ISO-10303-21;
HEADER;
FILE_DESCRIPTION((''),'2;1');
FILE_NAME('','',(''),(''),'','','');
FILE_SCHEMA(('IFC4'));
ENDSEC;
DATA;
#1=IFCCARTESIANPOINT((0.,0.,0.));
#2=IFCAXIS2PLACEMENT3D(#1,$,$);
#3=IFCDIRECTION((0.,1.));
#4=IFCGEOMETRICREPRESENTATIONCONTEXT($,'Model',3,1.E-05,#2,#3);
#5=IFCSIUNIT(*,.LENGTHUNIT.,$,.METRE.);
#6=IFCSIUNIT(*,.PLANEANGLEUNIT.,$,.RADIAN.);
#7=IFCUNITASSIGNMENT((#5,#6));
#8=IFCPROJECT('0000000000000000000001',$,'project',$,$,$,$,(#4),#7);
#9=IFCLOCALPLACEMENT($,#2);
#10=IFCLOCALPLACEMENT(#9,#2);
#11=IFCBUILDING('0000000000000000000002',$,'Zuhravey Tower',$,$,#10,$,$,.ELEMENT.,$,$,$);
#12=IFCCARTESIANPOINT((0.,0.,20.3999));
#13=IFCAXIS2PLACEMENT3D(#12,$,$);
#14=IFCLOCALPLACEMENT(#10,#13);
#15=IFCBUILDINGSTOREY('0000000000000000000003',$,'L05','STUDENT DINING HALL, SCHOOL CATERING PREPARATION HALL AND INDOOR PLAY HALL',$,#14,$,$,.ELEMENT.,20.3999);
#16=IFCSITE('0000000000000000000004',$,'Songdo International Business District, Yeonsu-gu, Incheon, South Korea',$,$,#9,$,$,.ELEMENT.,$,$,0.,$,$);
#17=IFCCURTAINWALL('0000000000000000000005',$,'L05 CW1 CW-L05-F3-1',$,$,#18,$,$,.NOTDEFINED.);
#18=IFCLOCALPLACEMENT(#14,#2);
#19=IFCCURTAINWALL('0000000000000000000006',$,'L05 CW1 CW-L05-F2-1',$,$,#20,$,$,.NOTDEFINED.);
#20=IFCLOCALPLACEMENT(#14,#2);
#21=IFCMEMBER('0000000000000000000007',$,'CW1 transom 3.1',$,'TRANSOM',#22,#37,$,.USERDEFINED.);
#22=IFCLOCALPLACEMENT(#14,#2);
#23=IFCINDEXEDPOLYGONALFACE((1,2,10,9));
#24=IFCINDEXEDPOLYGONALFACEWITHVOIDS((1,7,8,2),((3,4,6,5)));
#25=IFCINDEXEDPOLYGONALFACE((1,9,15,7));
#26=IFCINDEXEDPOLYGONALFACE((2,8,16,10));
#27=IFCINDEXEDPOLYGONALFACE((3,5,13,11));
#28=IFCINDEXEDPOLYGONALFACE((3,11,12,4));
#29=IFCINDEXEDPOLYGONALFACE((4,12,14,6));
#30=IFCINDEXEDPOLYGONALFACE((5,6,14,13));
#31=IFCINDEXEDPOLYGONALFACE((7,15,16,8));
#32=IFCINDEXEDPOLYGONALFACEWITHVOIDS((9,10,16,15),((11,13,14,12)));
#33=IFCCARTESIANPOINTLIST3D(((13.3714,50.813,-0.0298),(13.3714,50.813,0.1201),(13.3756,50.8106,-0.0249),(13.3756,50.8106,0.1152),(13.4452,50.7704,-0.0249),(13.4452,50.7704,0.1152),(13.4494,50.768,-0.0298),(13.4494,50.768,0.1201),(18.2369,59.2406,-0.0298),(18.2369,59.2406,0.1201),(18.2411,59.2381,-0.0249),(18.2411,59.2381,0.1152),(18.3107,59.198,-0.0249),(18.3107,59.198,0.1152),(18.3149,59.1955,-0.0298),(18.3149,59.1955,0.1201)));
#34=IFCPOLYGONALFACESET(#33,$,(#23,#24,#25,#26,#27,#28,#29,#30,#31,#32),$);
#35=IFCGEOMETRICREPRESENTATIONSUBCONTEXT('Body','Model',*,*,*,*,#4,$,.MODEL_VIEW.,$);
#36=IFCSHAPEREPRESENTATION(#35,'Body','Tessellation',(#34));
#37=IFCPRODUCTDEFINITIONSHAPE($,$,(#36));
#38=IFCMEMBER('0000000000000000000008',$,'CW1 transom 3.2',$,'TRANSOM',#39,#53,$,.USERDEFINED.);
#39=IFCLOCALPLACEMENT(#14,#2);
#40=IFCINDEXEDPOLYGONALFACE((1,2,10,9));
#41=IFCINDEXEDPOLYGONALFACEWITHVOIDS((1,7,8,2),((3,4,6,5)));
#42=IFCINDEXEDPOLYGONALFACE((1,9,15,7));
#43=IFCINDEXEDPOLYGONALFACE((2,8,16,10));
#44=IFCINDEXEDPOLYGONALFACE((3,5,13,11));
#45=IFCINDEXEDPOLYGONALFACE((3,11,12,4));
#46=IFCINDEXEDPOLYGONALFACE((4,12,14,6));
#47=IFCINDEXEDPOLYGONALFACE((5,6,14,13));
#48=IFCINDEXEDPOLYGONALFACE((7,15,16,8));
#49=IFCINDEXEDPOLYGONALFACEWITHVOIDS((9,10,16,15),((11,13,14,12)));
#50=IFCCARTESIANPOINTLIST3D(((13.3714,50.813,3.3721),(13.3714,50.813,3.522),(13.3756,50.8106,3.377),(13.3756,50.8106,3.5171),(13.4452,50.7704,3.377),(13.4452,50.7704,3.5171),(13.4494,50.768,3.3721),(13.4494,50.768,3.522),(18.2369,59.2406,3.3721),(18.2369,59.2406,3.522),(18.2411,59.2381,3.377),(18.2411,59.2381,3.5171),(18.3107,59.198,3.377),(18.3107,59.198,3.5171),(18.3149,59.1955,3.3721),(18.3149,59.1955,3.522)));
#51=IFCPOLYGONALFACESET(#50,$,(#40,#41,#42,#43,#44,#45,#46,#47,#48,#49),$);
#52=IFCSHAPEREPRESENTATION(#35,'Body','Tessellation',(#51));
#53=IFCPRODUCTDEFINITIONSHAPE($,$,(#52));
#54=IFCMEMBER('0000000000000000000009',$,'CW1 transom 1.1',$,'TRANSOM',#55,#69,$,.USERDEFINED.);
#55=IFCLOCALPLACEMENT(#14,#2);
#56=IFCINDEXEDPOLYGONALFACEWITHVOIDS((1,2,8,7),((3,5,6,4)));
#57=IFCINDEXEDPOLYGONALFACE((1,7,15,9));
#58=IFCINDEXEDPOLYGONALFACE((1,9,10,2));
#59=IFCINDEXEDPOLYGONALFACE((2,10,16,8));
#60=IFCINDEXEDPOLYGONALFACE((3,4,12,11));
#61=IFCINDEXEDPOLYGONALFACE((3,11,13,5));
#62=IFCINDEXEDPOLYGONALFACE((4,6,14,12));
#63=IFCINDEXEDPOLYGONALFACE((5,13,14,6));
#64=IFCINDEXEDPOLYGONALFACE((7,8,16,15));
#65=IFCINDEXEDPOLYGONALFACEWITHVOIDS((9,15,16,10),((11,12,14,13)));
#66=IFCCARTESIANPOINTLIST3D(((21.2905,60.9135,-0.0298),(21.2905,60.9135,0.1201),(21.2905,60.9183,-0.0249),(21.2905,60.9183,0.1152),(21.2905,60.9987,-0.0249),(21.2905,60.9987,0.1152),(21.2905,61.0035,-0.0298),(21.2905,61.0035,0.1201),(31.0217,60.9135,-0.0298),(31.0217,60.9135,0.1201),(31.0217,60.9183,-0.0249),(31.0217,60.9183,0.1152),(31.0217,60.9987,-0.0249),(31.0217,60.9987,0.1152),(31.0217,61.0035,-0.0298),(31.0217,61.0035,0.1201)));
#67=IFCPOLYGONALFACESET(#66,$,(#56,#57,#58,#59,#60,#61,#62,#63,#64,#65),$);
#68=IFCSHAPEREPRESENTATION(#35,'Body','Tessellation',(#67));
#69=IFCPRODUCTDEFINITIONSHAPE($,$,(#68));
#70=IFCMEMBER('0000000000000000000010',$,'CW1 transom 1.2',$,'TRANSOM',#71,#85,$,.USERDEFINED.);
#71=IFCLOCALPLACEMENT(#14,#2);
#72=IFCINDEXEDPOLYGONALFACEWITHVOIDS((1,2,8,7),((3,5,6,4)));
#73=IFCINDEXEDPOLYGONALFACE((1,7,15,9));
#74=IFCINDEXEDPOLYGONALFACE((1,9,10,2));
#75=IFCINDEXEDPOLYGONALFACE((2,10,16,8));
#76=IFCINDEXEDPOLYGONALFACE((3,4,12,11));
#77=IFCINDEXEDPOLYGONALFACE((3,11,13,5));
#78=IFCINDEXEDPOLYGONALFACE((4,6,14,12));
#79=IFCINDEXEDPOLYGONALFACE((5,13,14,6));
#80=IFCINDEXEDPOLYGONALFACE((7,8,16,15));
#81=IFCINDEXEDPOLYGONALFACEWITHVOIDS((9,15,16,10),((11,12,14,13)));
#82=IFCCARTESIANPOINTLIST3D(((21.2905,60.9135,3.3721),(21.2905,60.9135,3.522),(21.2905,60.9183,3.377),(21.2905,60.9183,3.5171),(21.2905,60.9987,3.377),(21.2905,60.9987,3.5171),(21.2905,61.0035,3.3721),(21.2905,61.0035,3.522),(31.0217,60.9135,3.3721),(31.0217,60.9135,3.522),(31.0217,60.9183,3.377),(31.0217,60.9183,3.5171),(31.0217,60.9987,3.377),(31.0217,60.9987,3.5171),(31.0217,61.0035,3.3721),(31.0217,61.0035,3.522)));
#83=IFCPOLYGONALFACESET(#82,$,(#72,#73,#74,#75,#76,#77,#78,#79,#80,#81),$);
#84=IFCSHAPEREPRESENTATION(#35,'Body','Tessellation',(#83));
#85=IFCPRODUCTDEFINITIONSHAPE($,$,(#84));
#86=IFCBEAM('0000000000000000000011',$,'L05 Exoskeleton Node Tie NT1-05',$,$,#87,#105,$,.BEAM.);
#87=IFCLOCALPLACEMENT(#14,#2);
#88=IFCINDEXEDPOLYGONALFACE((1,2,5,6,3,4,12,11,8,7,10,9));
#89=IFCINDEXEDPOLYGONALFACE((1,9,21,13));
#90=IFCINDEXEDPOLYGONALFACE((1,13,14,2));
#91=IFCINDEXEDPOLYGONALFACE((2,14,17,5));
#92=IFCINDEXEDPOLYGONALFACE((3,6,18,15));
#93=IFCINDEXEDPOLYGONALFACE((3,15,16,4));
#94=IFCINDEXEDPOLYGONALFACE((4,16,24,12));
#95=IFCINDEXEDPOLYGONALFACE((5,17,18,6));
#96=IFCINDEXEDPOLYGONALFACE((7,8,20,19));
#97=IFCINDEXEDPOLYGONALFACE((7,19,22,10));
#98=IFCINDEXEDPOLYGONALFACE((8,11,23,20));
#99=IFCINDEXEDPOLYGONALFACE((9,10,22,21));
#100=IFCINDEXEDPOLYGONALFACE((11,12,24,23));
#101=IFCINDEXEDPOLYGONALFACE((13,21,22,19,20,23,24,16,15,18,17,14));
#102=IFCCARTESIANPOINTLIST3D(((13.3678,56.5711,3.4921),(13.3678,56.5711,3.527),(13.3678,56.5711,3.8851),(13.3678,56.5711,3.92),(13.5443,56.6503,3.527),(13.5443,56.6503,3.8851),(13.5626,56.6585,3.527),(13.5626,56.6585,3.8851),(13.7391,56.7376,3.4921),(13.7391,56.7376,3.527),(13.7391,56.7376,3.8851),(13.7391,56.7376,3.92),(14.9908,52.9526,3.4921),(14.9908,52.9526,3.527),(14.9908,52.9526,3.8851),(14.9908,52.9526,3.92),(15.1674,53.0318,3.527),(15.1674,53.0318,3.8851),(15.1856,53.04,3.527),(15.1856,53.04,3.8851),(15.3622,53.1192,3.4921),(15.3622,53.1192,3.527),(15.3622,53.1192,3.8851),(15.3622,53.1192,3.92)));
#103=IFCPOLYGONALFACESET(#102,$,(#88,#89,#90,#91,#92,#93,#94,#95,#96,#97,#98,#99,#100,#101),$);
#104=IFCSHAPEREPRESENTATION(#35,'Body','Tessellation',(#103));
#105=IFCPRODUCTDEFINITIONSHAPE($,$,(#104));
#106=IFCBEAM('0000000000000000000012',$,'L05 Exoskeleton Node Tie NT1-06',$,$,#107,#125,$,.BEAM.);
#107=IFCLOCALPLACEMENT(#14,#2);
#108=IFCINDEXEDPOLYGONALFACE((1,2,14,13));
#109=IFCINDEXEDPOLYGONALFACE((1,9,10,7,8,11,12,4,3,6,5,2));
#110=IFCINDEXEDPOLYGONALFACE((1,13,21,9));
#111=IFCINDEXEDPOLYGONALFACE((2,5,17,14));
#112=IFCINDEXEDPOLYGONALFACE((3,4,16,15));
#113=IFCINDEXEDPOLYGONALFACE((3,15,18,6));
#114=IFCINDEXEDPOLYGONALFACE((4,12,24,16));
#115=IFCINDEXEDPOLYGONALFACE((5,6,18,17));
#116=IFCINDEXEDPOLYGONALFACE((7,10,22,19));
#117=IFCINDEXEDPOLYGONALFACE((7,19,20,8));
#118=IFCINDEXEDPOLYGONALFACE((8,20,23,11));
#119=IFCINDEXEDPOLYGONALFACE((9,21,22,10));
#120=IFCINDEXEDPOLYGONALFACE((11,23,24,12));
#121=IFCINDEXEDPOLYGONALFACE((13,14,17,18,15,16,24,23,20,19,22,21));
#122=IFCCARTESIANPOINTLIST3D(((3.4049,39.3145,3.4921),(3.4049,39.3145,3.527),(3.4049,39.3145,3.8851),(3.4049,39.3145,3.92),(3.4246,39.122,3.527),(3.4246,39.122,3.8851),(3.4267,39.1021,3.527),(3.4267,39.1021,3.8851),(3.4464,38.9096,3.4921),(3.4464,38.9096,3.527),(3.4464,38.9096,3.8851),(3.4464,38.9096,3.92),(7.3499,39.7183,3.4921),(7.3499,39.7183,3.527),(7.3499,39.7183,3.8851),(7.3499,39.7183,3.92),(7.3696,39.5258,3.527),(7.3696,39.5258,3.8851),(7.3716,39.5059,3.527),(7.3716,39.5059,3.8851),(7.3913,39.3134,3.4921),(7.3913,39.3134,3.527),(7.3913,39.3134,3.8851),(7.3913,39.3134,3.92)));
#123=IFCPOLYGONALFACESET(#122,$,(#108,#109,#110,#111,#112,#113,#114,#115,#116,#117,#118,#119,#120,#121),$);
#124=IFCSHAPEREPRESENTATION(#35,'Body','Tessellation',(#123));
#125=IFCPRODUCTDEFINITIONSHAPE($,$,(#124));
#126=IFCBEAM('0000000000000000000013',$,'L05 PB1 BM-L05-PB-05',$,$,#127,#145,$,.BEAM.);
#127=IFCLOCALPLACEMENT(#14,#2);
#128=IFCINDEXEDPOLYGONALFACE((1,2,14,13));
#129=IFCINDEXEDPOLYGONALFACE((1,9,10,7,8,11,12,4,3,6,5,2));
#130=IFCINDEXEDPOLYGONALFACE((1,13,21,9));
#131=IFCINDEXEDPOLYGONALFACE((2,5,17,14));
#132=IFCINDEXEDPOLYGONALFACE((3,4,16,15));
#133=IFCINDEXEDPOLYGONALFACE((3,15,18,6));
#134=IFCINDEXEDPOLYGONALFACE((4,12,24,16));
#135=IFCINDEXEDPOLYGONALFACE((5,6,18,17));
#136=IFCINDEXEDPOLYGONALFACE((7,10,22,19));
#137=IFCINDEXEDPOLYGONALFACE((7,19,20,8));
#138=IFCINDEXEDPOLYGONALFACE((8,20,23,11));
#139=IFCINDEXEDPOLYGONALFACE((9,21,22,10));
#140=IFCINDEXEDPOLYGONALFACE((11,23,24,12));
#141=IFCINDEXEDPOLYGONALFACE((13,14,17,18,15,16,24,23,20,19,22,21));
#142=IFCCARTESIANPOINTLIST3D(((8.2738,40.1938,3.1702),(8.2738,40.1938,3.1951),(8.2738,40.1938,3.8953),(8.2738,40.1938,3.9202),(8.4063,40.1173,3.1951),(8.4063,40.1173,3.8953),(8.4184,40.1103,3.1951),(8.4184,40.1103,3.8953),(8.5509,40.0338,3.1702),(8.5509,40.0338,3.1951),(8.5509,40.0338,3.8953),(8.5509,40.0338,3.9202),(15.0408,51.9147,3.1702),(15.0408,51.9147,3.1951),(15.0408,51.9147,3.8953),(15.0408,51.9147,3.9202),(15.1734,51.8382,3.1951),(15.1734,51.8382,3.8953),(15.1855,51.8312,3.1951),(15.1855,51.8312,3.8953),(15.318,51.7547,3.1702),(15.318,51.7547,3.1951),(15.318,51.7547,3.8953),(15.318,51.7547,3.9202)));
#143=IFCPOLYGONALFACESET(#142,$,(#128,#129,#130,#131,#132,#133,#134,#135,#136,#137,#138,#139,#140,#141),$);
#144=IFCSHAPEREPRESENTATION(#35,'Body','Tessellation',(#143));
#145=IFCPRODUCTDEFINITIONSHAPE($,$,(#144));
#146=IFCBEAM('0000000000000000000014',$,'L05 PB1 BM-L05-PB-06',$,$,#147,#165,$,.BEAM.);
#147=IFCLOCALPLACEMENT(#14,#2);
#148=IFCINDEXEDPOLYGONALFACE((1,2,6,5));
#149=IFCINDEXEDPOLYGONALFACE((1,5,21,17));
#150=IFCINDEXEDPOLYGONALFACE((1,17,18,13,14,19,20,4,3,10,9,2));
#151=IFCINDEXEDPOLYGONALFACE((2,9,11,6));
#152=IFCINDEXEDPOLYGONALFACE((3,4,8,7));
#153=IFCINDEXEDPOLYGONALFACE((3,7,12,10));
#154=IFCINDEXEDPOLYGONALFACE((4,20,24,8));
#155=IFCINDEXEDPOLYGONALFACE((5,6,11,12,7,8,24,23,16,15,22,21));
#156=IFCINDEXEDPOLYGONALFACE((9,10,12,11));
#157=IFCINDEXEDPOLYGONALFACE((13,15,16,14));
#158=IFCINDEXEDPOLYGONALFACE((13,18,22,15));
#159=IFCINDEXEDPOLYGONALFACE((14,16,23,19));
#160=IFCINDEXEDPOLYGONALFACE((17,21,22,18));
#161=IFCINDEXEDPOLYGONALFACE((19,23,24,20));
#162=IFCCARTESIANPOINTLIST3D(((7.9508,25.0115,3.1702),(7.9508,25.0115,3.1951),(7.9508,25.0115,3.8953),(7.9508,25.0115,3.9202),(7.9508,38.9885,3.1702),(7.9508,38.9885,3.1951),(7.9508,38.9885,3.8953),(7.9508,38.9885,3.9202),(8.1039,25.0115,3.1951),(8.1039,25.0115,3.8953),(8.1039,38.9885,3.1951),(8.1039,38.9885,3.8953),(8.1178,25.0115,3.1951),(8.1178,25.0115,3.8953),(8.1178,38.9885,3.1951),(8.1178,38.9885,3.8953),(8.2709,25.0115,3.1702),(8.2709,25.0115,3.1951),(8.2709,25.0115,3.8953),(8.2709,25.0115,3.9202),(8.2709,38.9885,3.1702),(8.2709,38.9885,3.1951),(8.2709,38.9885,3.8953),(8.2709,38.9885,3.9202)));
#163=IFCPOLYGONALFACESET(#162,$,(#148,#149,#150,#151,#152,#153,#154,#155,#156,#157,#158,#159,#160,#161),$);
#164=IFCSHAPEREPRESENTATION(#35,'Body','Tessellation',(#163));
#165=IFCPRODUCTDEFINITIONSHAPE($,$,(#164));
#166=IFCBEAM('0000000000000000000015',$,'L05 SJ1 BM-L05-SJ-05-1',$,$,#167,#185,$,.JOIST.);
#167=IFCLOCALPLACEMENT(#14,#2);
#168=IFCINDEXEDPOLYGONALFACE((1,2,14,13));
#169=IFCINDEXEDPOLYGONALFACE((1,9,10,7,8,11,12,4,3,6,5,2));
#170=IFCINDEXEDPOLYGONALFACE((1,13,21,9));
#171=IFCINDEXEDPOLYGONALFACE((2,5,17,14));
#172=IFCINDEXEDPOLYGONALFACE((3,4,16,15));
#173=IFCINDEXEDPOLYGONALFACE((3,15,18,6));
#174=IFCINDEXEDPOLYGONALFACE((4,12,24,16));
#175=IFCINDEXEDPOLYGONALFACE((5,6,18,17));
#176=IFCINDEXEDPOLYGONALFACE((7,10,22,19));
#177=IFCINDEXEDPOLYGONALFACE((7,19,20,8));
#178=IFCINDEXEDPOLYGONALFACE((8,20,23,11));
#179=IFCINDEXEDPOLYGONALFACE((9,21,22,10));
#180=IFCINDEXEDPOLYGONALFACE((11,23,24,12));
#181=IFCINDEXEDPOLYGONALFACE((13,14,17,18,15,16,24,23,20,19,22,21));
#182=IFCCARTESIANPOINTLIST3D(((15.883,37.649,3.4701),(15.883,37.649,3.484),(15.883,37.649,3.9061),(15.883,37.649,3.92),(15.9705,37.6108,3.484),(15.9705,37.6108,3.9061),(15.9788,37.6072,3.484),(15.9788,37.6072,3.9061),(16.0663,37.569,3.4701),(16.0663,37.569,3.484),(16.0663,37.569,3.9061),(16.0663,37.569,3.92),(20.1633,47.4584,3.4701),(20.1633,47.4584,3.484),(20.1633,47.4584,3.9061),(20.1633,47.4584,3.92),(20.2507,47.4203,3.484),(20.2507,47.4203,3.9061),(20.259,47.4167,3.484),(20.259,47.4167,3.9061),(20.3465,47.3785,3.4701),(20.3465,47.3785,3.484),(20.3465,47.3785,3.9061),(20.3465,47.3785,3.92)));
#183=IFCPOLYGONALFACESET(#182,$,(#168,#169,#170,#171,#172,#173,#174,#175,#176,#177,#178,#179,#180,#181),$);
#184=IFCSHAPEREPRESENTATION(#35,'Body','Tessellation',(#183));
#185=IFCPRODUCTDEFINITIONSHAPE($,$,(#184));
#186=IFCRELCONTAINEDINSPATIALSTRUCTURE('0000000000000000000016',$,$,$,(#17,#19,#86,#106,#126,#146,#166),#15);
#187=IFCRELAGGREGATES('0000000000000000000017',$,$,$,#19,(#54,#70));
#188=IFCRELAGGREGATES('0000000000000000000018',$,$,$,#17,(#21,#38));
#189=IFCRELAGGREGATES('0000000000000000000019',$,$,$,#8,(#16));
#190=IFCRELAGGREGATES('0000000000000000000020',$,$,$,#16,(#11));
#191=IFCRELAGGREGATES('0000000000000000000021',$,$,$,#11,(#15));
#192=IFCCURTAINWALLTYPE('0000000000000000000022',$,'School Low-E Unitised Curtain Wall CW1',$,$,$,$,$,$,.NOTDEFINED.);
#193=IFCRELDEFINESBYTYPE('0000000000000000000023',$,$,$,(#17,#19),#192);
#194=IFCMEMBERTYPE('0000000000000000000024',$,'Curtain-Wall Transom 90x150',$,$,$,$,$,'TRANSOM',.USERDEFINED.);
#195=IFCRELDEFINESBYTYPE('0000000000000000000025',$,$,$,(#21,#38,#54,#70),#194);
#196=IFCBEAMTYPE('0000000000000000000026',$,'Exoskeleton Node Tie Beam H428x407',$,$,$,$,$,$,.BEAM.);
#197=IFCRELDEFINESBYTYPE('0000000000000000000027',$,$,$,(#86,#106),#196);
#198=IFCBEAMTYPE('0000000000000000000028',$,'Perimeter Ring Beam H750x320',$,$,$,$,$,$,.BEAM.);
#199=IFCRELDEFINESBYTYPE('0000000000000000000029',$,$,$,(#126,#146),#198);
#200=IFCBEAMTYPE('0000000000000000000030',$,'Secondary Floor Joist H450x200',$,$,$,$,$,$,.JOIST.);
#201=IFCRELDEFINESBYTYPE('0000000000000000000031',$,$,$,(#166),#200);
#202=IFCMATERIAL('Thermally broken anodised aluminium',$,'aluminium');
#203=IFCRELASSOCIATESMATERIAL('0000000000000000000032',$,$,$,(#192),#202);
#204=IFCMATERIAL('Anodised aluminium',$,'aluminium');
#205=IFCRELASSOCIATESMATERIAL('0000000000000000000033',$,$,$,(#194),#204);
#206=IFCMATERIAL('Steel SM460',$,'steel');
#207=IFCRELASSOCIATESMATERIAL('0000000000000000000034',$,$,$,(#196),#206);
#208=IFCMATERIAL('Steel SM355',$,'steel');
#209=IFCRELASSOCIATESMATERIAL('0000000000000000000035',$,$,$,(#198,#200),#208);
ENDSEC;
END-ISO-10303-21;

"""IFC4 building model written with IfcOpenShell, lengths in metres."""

from ifc_helpers import new_model, si_unit, direction, frame, origin, origin_2d, place, context, subcontext, project, spatial, hollow_rectangle, i_section, extrude, material, material_profile, profile_set, type_object, element, aggregate, save


model = new_model("IFC4")

# Units and contexts
model_context = context("Model", 3, precision=1e-05, world=origin(), true_north=direction((0.0, 1.0)))
body_context = subcontext(model_context, "Body", "Model", "MODEL_VIEW")
ifc_project = project(units=[si_unit("LENGTHUNIT", "METRE"), si_unit("PLANEANGLEUNIT", "RADIAN")], contexts=[model_context])

# Site, building, storey
site_placement = place(None, origin())
site = spatial("IfcSite", under=ifc_project, at=site_placement, Name="Songdo International Business District, Yeonsu-gu, Incheon, South Korea", CompositionType="ELEMENT", RefElevation=0.0)
building_placement = place(site_placement, origin())
building = spatial("IfcBuilding", under=site, at=building_placement, Name="Zuhravey Tower", CompositionType="ELEMENT")
storey_placement = place(building_placement, frame((0.0, 0.0, 20.3999)))
storey = spatial("IfcBuildingStorey", under=building, at=storey_placement, Name="L05", Description="STUDENT DINING HALL, SCHOOL CATERING PREPARATION HALL AND INDOOR PLAY HALL", CompositionType="ELEMENT", Elevation=20.3999)

# Curtain wall
ifc_material_1 = material(Name="Thermally broken anodised aluminium", Category="aluminium")
curtain_wall_type = type_object("IfcCurtainWallType", Name="School Low-E Unitised Curtain Wall CW1", PredefinedType="NOTDEFINED", material=ifc_material_1)
curtain_wall_1_placement = place(storey_placement, origin())
curtain_wall_1 = element("IfcCurtainWall", 1, at=curtain_wall_1_placement, inside=storey, type_object=curtain_wall_type, Name="L05 CW1 CW-L05-F3-1", PredefinedType="NOTDEFINED")
ifc_material_2 = material(Name="Anodised aluminium", Category="aluminium")

# Curtain wall
curtain_wall_2_placement = place(storey_placement, origin())
curtain_wall_2 = element("IfcCurtainWall", 2, at=curtain_wall_2_placement, inside=storey, type_object=curtain_wall_type, Name="L05 CW1 CW-L05-F2-1", PredefinedType="NOTDEFINED")

# Members
ifc_material_profile_1 = material_profile(ifc_material_2, hollow_rectangle(XDim=0.0901, YDim=0.1499, WallThickness=0.0049, at=origin_2d()), Name="ALU-RHS-90x150x5")
ifc_profile_set_1 = profile_set([ifc_material_profile_1], Name="Anodised aluminium")
member_type_1 = type_object("IfcMemberType", Name="Curtain-Wall Transom 90x150", ElementType="TRANSOM", PredefinedType="USERDEFINED", material=ifc_profile_set_1)
member_1_placement = place(storey_placement, frame((13.4104, 50.7905, 0.0452), z_axis=(0.49999, 0.866031, 0.0), x_axis=(-0.866031, 0.49999, 0.0)))
member_1 = element("IfcMember", 3, at=member_1_placement, type_object=member_type_1, Name="CW1 transom 3.1", ObjectType="TRANSOM", PredefinedType="USERDEFINED", context=body_context, shape_type="SweptSolid", body=[
    extrude(hollow_rectangle(XDim=0.0901, YDim=0.1499, WallThickness=0.0049, at=origin_2d()), origin(), (0.0, 0.0, 1.0), 9.7312),
])
member_2_placement = place(storey_placement, frame((13.4104, 50.7905, 3.447), z_axis=(0.49999, 0.866031, 0.0), x_axis=(-0.866031, 0.49999, 0.0)))
member_2 = element("IfcMember", 4, at=member_2_placement, type_object=member_type_1, Name="CW1 transom 3.2", ObjectType="TRANSOM", PredefinedType="USERDEFINED", context=body_context, shape_type="SweptSolid", body=[
    extrude(hollow_rectangle(XDim=0.0901, YDim=0.1499, WallThickness=0.0049, at=origin_2d()), origin(), (0.0, 0.0, 1.0), 9.7312),
])
member_3_placement = place(storey_placement, frame((21.2905, 60.9585, 0.0452), z_axis=(1.0, 0.0, 0.0), x_axis=(0.0, 1.0, 0.0)))
member_3 = element("IfcMember", 5, at=member_3_placement, type_object=member_type_1, Name="CW1 transom 1.1", ObjectType="TRANSOM", PredefinedType="USERDEFINED", context=body_context, shape_type="SweptSolid", body=[
    extrude(hollow_rectangle(XDim=0.0901, YDim=0.1499, WallThickness=0.0049, at=origin_2d()), origin(), (0.0, 0.0, 1.0), 9.7312),
])
member_4_placement = place(storey_placement, frame((21.2905, 60.9585, 3.447), z_axis=(1.0, 0.0, 0.0), x_axis=(0.0, 1.0, 0.0)))
member_4 = element("IfcMember", 6, at=member_4_placement, type_object=member_type_1, Name="CW1 transom 1.2", ObjectType="TRANSOM", PredefinedType="USERDEFINED", context=body_context, shape_type="SweptSolid", body=[
    extrude(hollow_rectangle(XDim=0.0901, YDim=0.1499, WallThickness=0.0049, at=origin_2d()), origin(), (0.0, 0.0, 1.0), 9.7312),
])
aggregate(curtain_wall_2, [member_3, member_4])

# Beams
ifc_material_3 = material(Name="Steel SM460", Category="steel")
ifc_material_profile_2 = material_profile(ifc_material_3, i_section(OverallWidth=0.407, OverallDepth=0.428, WebThickness=0.02, FlangeThickness=0.0349, at=origin_2d()), Name="H-428x407x20x35")
ifc_profile_set_2 = profile_set([ifc_material_profile_2], Name="Steel SM460")
beam_type_1 = type_object("IfcBeamType", Name="Exoskeleton Node Tie Beam H428x407", PredefinedType="BEAM", material=ifc_profile_set_2)
beam_1_placement = place(storey_placement, frame((15.1765, 53.0359, 3.7061), z_axis=(-0.409266, 0.912415, 0.0), x_axis=(-0.912415, -0.409266, 0.0)))
element("IfcBeam", 7, at=beam_1_placement, inside=storey, type_object=beam_type_1, Name="L05 Exoskeleton Node Tie NT1-05", PredefinedType="BEAM", context=body_context, shape_type="SweptSolid", body=[
    extrude(i_section(OverallWidth=0.407, OverallDepth=0.428, WebThickness=0.02, FlangeThickness=0.0349, at=origin_2d()), origin(), (0.0, 0.0, 1.0), 3.9658),
])
beam_2_placement = place(storey_placement, frame((7.3706, 39.5159, 3.7061), z_axis=(-0.994802, -0.101826, 0.0), x_axis=(0.101826, -0.994802, 0.0)))
element("IfcBeam", 8, at=beam_2_placement, inside=storey, type_object=beam_type_1, Name="L05 Exoskeleton Node Tie NT1-06", PredefinedType="BEAM", context=body_context, shape_type="SweptSolid", body=[
    extrude(i_section(OverallWidth=0.407, OverallDepth=0.428, WebThickness=0.02, FlangeThickness=0.0349, at=origin_2d()), origin(), (0.0, 0.0, 1.0), 3.9656),
])
ifc_material_4 = material(Name="Steel SM355", Category="steel")
ifc_material_profile_3 = material_profile(ifc_material_4, i_section(OverallWidth=0.3201, OverallDepth=0.75, WebThickness=0.0139, FlangeThickness=0.0249, at=origin_2d()), Name="H-750x320x14x25")
ifc_profile_set_3 = profile_set([ifc_material_profile_3], Name="Steel SM355")
beam_type_2 = type_object("IfcBeamType", Name="Perimeter Ring Beam H750x320", PredefinedType="BEAM", material=ifc_profile_set_3)
beam_3_placement = place(storey_placement, frame((15.1794, 51.8347, 3.5452), z_axis=(-0.5, -0.866025, 0.0), x_axis=(0.866025, -0.5, 0.0)))
element("IfcBeam", 9, at=beam_3_placement, inside=storey, type_object=beam_type_2, Name="L05 PB1 BM-L05-PB-05", PredefinedType="BEAM", context=body_context, shape_type="SweptSolid", body=[
    extrude(i_section(OverallWidth=0.3201, OverallDepth=0.75, WebThickness=0.0139, FlangeThickness=0.0249, at=origin_2d()), origin(), (0.0, 0.0, 1.0), 13.5342),
])
beam_4_placement = place(storey_placement, frame((8.1108, 38.9885, 3.5452), z_axis=(0.0, -1.0, 0.0), x_axis=(1.0, 0.0, 0.0)))
element("IfcBeam", 10, at=beam_4_placement, inside=storey, type_object=beam_type_2, Name="L05 PB1 BM-L05-PB-06", PredefinedType="BEAM", context=body_context, shape_type="SweptSolid", body=[
    extrude(i_section(OverallWidth=0.3201, OverallDepth=0.75, WebThickness=0.0139, FlangeThickness=0.0249, at=origin_2d()), origin(), (0.0, 0.0, 1.0), 13.9771),
])
ifc_material_profile_4 = material_profile(ifc_material_4, i_section(OverallWidth=0.2, OverallDepth=0.45, WebThickness=0.009, FlangeThickness=0.0139, at=origin_2d()), Name="H-450x200x9x14")
ifc_profile_set_4 = profile_set([ifc_material_profile_4], Name="Steel SM355")
beam_type_3 = type_object("IfcBeamType", Name="Secondary Floor Joist H450x200", PredefinedType="JOIST", material=ifc_profile_set_4)
beam_5_placement = place(storey_placement, frame((20.2549, 47.4185, 3.6951), z_axis=(-0.399924, -0.916549, 0.0), x_axis=(0.916549, -0.399924, 0.0)))
element("IfcBeam", 11, at=beam_5_placement, inside=storey, type_object=beam_type_3, Name="L05 SJ1 BM-L05-SJ-05-1", PredefinedType="JOIST", context=body_context, shape_type="SweptSolid", body=[
    extrude(i_section(OverallWidth=0.2, OverallDepth=0.45, WebThickness=0.009, FlangeThickness=0.0139, at=origin_2d()), origin(), (0.0, 0.0, 1.0), 10.7026),
])

aggregate(curtain_wall_1, [member_1, member_2])

save(model, "model.ifc")
